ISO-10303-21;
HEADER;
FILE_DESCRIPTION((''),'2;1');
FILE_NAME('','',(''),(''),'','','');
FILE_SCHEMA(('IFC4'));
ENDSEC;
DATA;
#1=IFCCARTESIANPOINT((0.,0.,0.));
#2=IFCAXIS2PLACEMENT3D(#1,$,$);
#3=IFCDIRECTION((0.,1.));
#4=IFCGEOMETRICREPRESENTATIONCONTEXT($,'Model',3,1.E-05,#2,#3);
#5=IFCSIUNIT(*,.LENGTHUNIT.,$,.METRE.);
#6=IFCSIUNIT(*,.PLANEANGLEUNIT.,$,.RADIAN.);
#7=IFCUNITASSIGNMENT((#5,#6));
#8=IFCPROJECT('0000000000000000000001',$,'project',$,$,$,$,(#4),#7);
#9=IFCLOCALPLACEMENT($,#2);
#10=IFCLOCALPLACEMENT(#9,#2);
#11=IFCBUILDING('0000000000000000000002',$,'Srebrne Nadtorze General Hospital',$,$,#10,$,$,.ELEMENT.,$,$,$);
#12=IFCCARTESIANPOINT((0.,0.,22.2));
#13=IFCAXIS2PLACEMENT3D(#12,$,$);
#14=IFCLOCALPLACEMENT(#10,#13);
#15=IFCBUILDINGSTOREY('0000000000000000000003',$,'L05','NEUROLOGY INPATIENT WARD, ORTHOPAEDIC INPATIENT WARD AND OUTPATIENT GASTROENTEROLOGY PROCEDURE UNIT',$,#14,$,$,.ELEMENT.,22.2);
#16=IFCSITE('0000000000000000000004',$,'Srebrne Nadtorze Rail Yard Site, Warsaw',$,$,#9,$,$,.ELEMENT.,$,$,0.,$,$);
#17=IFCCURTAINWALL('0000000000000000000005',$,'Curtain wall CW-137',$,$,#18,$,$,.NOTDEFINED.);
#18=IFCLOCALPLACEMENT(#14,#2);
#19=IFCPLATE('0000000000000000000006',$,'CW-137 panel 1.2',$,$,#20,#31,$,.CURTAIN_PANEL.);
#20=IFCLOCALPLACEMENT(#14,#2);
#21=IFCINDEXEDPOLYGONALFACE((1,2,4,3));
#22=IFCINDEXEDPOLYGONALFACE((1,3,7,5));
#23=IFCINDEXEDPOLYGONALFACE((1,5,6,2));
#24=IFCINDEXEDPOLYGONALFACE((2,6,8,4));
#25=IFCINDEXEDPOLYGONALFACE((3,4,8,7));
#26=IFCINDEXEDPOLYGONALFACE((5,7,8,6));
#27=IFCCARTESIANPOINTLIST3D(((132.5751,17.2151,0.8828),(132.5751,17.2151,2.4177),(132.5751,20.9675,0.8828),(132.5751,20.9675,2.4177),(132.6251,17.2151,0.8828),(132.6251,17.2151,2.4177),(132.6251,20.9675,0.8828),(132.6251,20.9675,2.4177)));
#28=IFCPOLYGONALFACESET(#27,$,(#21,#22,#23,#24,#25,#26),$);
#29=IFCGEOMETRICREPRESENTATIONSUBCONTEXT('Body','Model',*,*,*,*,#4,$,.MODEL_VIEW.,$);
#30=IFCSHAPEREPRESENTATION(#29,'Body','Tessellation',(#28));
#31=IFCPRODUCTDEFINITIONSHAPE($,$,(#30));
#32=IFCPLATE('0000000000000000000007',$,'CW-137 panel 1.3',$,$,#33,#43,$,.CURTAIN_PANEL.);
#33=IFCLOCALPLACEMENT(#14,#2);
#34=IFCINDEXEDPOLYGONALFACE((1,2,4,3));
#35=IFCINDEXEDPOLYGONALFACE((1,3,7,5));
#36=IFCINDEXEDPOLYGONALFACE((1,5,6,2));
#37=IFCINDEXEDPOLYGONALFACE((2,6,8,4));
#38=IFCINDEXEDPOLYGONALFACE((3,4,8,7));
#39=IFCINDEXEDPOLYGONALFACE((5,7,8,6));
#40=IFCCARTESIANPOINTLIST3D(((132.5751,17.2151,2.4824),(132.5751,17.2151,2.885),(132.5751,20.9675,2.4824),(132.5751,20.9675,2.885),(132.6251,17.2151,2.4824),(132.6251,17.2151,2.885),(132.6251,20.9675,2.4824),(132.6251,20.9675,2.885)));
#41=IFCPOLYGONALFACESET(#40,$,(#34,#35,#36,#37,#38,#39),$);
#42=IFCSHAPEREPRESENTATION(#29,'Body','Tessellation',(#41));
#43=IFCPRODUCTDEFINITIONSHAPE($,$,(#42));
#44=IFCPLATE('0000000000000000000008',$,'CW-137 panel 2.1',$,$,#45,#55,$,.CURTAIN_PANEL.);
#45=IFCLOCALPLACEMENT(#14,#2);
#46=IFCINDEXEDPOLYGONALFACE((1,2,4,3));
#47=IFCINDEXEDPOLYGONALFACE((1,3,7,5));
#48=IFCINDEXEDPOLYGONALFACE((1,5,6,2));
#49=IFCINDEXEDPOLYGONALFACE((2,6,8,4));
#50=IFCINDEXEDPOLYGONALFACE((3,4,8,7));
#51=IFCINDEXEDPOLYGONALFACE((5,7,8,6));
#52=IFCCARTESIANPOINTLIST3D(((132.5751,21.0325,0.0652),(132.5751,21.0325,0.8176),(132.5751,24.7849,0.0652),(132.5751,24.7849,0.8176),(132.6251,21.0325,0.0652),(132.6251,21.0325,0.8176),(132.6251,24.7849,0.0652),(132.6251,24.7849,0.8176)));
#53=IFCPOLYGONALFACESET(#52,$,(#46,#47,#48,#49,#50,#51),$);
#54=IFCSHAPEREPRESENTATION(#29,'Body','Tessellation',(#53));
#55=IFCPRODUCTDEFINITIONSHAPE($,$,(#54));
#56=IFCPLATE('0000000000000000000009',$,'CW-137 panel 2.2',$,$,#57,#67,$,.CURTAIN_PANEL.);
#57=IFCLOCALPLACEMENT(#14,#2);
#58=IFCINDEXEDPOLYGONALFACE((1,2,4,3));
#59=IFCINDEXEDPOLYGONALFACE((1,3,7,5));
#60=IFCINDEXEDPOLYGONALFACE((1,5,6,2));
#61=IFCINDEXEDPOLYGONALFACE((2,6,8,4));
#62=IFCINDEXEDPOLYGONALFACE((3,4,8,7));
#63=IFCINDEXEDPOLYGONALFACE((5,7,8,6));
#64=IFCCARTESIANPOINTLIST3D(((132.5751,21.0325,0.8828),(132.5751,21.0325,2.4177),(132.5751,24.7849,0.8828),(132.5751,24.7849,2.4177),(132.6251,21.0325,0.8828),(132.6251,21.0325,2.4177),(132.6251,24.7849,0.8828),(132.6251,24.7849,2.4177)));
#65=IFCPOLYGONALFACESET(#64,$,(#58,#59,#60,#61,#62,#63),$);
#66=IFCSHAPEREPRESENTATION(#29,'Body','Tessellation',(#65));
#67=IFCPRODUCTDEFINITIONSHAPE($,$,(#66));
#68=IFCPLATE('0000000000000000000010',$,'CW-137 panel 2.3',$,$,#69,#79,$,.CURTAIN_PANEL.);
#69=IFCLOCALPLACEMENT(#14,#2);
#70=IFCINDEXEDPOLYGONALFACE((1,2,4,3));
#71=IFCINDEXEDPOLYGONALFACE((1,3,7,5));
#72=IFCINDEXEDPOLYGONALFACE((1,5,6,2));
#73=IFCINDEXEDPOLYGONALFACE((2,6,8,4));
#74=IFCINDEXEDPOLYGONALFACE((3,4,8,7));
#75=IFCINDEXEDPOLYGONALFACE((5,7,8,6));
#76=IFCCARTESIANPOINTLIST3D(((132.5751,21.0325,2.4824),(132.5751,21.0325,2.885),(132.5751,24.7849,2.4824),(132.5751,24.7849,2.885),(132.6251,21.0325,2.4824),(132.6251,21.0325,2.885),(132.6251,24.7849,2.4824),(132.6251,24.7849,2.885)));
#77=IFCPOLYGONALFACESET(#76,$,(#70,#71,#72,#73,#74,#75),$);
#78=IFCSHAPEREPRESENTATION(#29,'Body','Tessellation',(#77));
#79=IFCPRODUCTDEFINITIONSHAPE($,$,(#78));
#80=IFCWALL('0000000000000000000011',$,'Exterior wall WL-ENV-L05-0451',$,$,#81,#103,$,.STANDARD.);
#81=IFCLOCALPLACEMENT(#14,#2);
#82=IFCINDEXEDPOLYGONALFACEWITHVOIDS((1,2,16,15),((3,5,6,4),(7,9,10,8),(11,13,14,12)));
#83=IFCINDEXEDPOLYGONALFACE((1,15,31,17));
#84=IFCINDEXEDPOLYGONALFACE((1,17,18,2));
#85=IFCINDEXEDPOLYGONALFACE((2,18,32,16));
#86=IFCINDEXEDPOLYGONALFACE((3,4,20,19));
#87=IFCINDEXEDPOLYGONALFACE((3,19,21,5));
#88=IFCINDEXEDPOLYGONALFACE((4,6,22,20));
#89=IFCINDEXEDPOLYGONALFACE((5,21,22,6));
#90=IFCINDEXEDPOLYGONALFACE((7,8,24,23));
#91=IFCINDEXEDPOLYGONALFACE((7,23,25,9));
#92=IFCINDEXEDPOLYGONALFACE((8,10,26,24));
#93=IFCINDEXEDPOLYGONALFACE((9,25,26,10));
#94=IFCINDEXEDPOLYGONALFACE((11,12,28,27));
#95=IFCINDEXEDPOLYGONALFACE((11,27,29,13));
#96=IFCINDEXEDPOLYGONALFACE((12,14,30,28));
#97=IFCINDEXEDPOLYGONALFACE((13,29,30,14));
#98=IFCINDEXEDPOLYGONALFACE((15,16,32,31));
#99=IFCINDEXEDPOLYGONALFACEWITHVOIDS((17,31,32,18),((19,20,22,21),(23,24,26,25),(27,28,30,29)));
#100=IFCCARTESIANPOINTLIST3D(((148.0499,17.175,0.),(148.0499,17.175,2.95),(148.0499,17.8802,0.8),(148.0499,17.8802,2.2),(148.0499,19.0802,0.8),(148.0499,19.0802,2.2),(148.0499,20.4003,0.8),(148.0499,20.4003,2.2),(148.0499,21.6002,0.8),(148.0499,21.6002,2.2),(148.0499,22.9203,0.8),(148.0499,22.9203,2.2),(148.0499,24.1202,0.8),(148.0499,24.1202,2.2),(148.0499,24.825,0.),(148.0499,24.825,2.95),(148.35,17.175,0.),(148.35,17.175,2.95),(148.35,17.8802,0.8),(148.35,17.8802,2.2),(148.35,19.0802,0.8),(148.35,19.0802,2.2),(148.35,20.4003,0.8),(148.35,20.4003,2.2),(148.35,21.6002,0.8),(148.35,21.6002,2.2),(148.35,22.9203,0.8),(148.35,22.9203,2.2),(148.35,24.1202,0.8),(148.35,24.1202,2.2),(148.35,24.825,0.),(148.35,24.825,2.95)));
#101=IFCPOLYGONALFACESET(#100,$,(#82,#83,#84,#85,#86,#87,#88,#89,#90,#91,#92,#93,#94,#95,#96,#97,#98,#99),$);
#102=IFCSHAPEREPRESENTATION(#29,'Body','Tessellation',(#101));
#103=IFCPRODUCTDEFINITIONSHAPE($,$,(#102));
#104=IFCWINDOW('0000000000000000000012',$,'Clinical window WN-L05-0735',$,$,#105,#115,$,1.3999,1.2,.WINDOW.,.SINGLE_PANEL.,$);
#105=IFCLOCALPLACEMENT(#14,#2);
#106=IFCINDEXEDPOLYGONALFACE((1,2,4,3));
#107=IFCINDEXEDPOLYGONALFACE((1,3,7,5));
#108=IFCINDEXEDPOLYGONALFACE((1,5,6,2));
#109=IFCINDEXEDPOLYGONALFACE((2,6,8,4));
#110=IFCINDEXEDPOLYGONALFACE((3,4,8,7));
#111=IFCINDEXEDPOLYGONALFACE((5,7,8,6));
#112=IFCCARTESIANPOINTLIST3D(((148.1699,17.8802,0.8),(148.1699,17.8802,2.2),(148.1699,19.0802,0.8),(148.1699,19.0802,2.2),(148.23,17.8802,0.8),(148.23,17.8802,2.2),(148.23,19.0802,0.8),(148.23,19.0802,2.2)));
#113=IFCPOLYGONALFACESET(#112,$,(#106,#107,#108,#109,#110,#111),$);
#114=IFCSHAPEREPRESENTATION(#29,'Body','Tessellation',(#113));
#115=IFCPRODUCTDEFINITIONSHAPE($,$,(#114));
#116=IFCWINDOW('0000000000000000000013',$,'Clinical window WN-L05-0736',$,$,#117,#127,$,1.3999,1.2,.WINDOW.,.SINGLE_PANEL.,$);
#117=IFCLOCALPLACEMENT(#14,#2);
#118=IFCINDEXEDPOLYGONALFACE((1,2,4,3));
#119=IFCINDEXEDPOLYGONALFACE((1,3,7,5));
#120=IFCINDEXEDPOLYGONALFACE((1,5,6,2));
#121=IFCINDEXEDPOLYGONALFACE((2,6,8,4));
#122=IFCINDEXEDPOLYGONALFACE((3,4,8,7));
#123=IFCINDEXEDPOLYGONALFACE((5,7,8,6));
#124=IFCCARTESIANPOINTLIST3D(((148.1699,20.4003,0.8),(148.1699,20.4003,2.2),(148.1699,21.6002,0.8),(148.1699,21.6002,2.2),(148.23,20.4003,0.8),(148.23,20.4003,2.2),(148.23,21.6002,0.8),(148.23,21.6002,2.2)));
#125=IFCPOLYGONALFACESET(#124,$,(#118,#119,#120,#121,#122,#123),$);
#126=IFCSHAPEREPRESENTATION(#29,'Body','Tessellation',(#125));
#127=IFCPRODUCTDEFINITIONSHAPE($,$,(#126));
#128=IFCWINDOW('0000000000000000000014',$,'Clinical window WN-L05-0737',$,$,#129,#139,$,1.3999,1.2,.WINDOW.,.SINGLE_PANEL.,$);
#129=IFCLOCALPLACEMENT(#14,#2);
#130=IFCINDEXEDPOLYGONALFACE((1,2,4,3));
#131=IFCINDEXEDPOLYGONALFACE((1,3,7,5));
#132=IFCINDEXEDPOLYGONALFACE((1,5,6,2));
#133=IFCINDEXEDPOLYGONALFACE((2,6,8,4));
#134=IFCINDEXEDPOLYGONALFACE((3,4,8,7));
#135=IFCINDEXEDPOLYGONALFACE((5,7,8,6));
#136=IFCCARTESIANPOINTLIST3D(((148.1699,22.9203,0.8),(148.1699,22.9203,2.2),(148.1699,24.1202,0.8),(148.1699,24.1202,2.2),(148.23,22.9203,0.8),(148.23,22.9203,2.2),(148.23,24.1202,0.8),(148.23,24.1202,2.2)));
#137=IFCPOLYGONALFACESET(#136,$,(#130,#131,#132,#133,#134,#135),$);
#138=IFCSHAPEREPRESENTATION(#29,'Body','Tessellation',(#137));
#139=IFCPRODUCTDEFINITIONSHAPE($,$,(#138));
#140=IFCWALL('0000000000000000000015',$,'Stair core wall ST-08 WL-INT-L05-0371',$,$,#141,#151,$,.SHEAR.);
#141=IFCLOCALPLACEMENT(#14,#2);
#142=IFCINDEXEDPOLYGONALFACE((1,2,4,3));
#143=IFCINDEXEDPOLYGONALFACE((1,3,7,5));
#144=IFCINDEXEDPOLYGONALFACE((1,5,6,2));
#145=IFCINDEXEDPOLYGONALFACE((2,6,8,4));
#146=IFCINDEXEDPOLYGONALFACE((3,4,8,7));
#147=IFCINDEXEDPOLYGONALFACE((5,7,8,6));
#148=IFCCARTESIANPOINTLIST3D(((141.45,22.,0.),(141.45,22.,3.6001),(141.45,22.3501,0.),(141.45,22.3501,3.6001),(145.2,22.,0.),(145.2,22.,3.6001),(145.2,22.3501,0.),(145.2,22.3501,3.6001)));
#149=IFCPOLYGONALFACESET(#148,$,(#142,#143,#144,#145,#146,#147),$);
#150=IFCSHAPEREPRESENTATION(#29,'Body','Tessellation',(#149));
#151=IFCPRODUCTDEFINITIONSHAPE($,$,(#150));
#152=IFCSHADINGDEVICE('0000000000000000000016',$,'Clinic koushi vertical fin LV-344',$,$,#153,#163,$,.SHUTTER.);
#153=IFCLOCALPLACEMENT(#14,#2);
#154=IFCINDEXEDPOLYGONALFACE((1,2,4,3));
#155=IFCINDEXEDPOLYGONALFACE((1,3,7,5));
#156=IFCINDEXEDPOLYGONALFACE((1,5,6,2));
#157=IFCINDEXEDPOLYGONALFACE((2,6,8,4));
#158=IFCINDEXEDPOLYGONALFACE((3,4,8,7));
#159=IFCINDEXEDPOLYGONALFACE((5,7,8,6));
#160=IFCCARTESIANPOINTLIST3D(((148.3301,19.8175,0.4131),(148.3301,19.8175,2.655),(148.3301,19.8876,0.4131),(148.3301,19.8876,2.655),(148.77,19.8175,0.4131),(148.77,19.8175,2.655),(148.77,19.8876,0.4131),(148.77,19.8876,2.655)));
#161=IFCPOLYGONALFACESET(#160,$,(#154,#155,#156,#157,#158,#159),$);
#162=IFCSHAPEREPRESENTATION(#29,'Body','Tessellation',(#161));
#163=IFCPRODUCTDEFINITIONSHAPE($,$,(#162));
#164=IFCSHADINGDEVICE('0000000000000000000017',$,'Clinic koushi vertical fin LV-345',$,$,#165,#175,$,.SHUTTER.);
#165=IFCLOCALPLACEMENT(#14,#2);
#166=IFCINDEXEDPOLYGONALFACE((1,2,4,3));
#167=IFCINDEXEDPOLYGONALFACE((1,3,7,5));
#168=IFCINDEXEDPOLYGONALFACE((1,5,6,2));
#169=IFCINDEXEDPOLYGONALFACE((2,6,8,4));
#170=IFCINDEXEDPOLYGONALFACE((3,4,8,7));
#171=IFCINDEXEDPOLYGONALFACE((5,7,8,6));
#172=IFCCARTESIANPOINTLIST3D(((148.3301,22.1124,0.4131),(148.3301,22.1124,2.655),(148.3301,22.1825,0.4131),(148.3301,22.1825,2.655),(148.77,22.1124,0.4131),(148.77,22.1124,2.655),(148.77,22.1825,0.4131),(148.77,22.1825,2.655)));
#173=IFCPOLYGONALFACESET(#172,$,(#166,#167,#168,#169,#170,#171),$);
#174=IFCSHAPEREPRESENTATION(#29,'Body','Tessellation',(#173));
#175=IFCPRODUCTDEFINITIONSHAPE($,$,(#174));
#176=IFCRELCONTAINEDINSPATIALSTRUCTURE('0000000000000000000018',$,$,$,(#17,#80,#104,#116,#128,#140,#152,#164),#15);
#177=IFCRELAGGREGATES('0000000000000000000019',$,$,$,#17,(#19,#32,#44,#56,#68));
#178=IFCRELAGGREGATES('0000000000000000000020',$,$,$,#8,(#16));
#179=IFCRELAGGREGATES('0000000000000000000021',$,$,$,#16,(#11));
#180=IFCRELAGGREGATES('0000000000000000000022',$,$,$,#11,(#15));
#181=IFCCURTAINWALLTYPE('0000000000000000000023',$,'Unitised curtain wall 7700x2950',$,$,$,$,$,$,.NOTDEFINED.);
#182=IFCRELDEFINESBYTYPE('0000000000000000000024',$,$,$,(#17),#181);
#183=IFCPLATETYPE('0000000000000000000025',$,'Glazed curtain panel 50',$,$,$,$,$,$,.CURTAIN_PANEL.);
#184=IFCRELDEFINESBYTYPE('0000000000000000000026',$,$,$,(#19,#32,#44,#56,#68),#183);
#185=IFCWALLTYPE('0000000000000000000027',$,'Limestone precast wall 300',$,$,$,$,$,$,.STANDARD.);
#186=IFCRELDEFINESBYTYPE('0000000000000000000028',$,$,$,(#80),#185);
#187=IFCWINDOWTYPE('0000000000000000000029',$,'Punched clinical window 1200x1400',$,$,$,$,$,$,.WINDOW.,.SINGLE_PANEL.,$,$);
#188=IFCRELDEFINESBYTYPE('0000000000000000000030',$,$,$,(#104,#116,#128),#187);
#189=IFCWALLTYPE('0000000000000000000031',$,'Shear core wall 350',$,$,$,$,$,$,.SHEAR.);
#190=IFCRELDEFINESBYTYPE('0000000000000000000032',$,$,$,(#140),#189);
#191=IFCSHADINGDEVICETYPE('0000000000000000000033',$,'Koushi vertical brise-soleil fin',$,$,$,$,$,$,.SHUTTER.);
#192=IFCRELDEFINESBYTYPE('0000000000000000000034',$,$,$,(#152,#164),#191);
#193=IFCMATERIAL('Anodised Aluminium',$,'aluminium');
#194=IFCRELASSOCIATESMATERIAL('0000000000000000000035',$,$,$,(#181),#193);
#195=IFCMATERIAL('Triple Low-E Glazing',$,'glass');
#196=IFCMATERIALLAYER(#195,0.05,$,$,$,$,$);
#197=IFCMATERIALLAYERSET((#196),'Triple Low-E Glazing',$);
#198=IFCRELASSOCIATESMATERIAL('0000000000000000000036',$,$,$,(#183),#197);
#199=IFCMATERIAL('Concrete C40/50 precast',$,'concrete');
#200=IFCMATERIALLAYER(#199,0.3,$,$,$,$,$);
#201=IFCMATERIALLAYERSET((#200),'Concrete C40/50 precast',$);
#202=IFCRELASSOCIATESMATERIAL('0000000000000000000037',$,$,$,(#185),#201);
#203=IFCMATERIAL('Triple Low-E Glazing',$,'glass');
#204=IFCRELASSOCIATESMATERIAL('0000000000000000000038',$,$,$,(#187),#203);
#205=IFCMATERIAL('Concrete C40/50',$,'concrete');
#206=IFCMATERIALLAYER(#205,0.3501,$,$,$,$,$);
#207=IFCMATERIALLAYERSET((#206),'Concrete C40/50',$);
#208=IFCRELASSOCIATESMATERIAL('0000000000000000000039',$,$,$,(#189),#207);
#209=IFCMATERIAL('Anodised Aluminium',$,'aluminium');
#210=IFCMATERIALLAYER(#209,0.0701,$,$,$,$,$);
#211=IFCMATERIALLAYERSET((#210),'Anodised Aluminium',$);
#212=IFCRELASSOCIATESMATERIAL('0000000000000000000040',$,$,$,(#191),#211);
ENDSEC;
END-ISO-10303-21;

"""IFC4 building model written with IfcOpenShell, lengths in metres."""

from ifc_helpers import new_model, si_unit, direction, frame, frame_2d, origin, origin_2d, place, context, subcontext, project, spatial, rectangle, extrude, material, layer, layer_set, type_object, element, fill, aggregate, save


model = new_model("IFC4")

# Units and contexts
model_context = context("Model", 3, precision=1e-05, world=origin(), true_north=direction((0.0, 1.0)))
body_context = subcontext(model_context, "Body", "Model", "MODEL_VIEW")
ifc_project = project(units=[si_unit("LENGTHUNIT", "METRE"), si_unit("PLANEANGLEUNIT", "RADIAN")], contexts=[model_context])

# Site, building, storey
site_placement = place(None, origin())
site = spatial("IfcSite", under=ifc_project, at=site_placement, Name="Srebrne Nadtorze Rail Yard Site, Warsaw", CompositionType="ELEMENT", RefElevation=0.0)
building_placement = place(site_placement, origin())
building = spatial("IfcBuilding", under=site, at=building_placement, Name="Srebrne Nadtorze General Hospital", CompositionType="ELEMENT")
storey_placement = place(building_placement, frame((0.0, 0.0, 22.2)))
storey = spatial("IfcBuildingStorey", under=building, at=storey_placement, Name="L05", Description="NEUROLOGY INPATIENT WARD, ORTHOPAEDIC INPATIENT WARD AND OUTPATIENT GASTROENTEROLOGY PROCEDURE UNIT", CompositionType="ELEMENT", Elevation=22.2)

# Curtain wall
ifc_material_1 = material(Name="Anodised Aluminium", Category="aluminium")
curtain_wall_type = type_object("IfcCurtainWallType", Name="Unitised curtain wall 7700x2950", PredefinedType="NOTDEFINED", material=ifc_material_1)
curtain_wall_placement = place(storey_placement, origin())
curtain_wall = element("IfcCurtainWall", 1, at=curtain_wall_placement, inside=storey, type_object=curtain_wall_type, Name="Curtain wall CW-137", PredefinedType="NOTDEFINED")

# Plates
ifc_material_2 = material(Name="Triple Low-E Glazing", Category="glass")
ifc_layer_1 = layer(ifc_material_2, 0.05)
ifc_layer_set_1 = layer_set([ifc_layer_1], Name="Triple Low-E Glazing")
plate_type = type_object("IfcPlateType", Name="Glazed curtain panel 50", PredefinedType="CURTAIN_PANEL", material=ifc_layer_set_1)
plate_1_placement = place(storey_placement, frame((132.6001, 19.0913, 0.8828), z_axis=(0.0, 0.0, 1.0), x_axis=(0.0, 1.0, 0.0)))
plate_1 = element("IfcPlate", 2, at=plate_1_placement, type_object=plate_type, Name="CW-137 panel 1.2", PredefinedType="CURTAIN_PANEL", context=body_context, shape_type="SweptSolid", body=[
    extrude(rectangle(XDim=3.7524, YDim=0.05, at=origin_2d()), origin(), (0.0, 0.0, 1.0), 1.5349),
])
plate_2_placement = place(storey_placement, frame((132.6001, 19.0913, 2.4824), z_axis=(0.0, 0.0, 1.0), x_axis=(0.0, 1.0, 0.0)))
plate_2 = element("IfcPlate", 3, at=plate_2_placement, type_object=plate_type, Name="CW-137 panel 1.3", PredefinedType="CURTAIN_PANEL", context=body_context, shape_type="SweptSolid", body=[
    extrude(rectangle(XDim=3.7524, YDim=0.05, at=origin_2d()), origin(), (0.0, 0.0, 1.0), 0.4026),
])
plate_3_placement = place(storey_placement, frame((132.6001, 22.9087, 0.0652), z_axis=(0.0, 0.0, 1.0), x_axis=(0.0, 1.0, 0.0)))
plate_3 = element("IfcPlate", 4, at=plate_3_placement, type_object=plate_type, Name="CW-137 panel 2.1", PredefinedType="CURTAIN_PANEL", context=body_context, shape_type="SweptSolid", body=[
    extrude(rectangle(XDim=3.7524, YDim=0.05, at=origin_2d()), origin(), (0.0, 0.0, 1.0), 0.7524),
])
plate_4_placement = place(storey_placement, frame((132.6001, 22.9087, 0.8828), z_axis=(0.0, 0.0, 1.0), x_axis=(0.0, 1.0, 0.0)))
plate_4 = element("IfcPlate", 5, at=plate_4_placement, type_object=plate_type, Name="CW-137 panel 2.2", PredefinedType="CURTAIN_PANEL", context=body_context, shape_type="SweptSolid", body=[
    extrude(rectangle(XDim=3.7524, YDim=0.05, at=origin_2d()), origin(), (0.0, 0.0, 1.0), 1.5349),
])
plate_5_placement = place(storey_placement, frame((132.6001, 22.9087, 2.4824), z_axis=(0.0, 0.0, 1.0), x_axis=(0.0, 1.0, 0.0)))
plate_5 = element("IfcPlate", 6, at=plate_5_placement, type_object=plate_type, Name="CW-137 panel 2.3", PredefinedType="CURTAIN_PANEL", context=body_context, shape_type="SweptSolid", body=[
    extrude(rectangle(XDim=3.7524, YDim=0.05, at=origin_2d()), origin(), (0.0, 0.0, 1.0), 0.4026),
])
aggregate(curtain_wall, [plate_1, plate_2, plate_3, plate_4, plate_5])

# Wall, openings, windows
ifc_material_3 = material(Name="Concrete C40/50 precast", Category="concrete")
ifc_layer_2 = layer(ifc_material_3, 0.3)
ifc_layer_set_2 = layer_set([ifc_layer_2], Name="Concrete C40/50 precast")
wall_type_1 = type_object("IfcWallType", Name="Limestone precast wall 300", PredefinedType="STANDARD", material=ifc_layer_set_2)
wall_1_placement = place(storey_placement, frame((148.2, 17.175, 0.0), z_axis=(0.0, 0.0, 1.0), x_axis=(0.0, 1.0, 0.0)))
wall_1 = element("IfcWall", 7, at=wall_1_placement, inside=storey, type_object=wall_type_1, Name="Exterior wall WL-ENV-L05-0451", PredefinedType="STANDARD", context=body_context, shape_type="SweptSolid", body=[
    extrude(rectangle(XDim=7.6499, YDim=0.3, at=frame_2d((3.825, 0.0))), origin(), (0.0, 0.0, 1.0), 2.95),
])
opening_1_placement = place(wall_1_placement, frame((0.7051, 0.0, 0.8)))
opening_1 = element("IfcOpeningElement", 8, at=opening_1_placement, cuts=wall_1, PredefinedType="OPENING", context=body_context, shape_type="SweptSolid", body=[
    extrude(rectangle(XDim=1.2, YDim=1.3999, at=frame_2d((0.6001, 0.7))), frame((0.0, 0.1621, 0.0), z_axis=(0.0, -1.0, 0.0), x_axis=(1.0, 0.0, 0.0)), (0.0, 0.0, 1.0), 0.324),
])
opening_2_placement = place(wall_1_placement, frame((3.2251, 0.0, 0.8)))
opening_2 = element("IfcOpeningElement", 9, at=opening_2_placement, cuts=wall_1, PredefinedType="OPENING", context=body_context, shape_type="SweptSolid", body=[
    extrude(rectangle(XDim=1.2, YDim=1.3999, at=frame_2d((0.6001, 0.7))), frame((0.0, 0.1621, 0.0), z_axis=(0.0, -1.0, 0.0), x_axis=(1.0, 0.0, 0.0)), (0.0, 0.0, 1.0), 0.324),
])
opening_3_placement = place(wall_1_placement, frame((5.7451, 0.0, 0.8)))
opening_3 = element("IfcOpeningElement", 10, at=opening_3_placement, cuts=wall_1, PredefinedType="OPENING", context=body_context, shape_type="SweptSolid", body=[
    extrude(rectangle(XDim=1.2, YDim=1.3999, at=frame_2d((0.6001, 0.7))), frame((0.0, 0.1621, 0.0), z_axis=(0.0, -1.0, 0.0), x_axis=(1.0, 0.0, 0.0)), (0.0, 0.0, 1.0), 0.324),
])
ifc_material_4 = material(Name="Triple Low-E Glazing", Category="glass")
window_type = type_object("IfcWindowType", Name="Punched clinical window 1200x1400", PartitioningType="SINGLE_PANEL", PredefinedType="WINDOW", material=ifc_material_4)
window_1_placement = place(opening_1_placement, origin())
window_1 = element("IfcWindow", 11, at=window_1_placement, inside=storey, type_object=window_type, Name="Clinical window WN-L05-0735", OverallHeight=1.3999, OverallWidth=1.2, PartitioningType="SINGLE_PANEL", PredefinedType="WINDOW", context=body_context, shape_type="SweptSolid", body=[
    extrude(rectangle(XDim=1.2, YDim=1.3999, at=frame_2d((0.6001, 0.7))), frame((0.0, 0.03, 0.0), z_axis=(0.0, -1.0, 0.0), x_axis=(1.0, 0.0, 0.0)), (0.0, 0.0, 1.0), 0.0601),
])
fill(opening_1, window_1)
window_2_placement = place(opening_2_placement, origin())
window_2 = element("IfcWindow", 12, at=window_2_placement, inside=storey, type_object=window_type, Name="Clinical window WN-L05-0736", OverallHeight=1.3999, OverallWidth=1.2, PartitioningType="SINGLE_PANEL", PredefinedType="WINDOW", context=body_context, shape_type="SweptSolid", body=[
    extrude(rectangle(XDim=1.2, YDim=1.3999, at=frame_2d((0.6001, 0.7))), frame((0.0, 0.03, 0.0), z_axis=(0.0, -1.0, 0.0), x_axis=(1.0, 0.0, 0.0)), (0.0, 0.0, 1.0), 0.0601),
])
fill(opening_2, window_2)
window_3_placement = place(opening_3_placement, origin())
window_3 = element("IfcWindow", 13, at=window_3_placement, inside=storey, type_object=window_type, Name="Clinical window WN-L05-0737", OverallHeight=1.3999, OverallWidth=1.2, PartitioningType="SINGLE_PANEL", PredefinedType="WINDOW", context=body_context, shape_type="SweptSolid", body=[
    extrude(rectangle(XDim=1.2, YDim=1.3999, at=frame_2d((0.6001, 0.7))), frame((0.0, 0.03, 0.0), z_axis=(0.0, -1.0, 0.0), x_axis=(1.0, 0.0, 0.0)), (0.0, 0.0, 1.0), 0.0601),
])
fill(opening_3, window_3)

# Wall
ifc_material_5 = material(Name="Concrete C40/50", Category="concrete")
ifc_layer_3 = layer(ifc_material_5, 0.3501)
ifc_layer_set_3 = layer_set([ifc_layer_3], Name="Concrete C40/50")
wall_type_2 = type_object("IfcWallType", Name="Shear core wall 350", PredefinedType="SHEAR", material=ifc_layer_set_3)
wall_2_placement = place(storey_placement, frame((141.45, 22.175, 0.0), z_axis=(0.0, 0.0, 1.0), x_axis=(1.0, 0.0, 0.0)))
element("IfcWall", 14, at=wall_2_placement, inside=storey, type_object=wall_type_2, Name="Stair core wall ST-08 WL-INT-L05-0371", PredefinedType="SHEAR", context=body_context, shape_type="SweptSolid", body=[
    extrude(rectangle(XDim=3.75, YDim=0.3501, at=frame_2d((1.875, 0.0))), origin(), (0.0, 0.0, 1.0), 3.6001),
])

# Shading devices
ifc_material_6 = material(Name="Anodised Aluminium", Category="aluminium")
ifc_layer_4 = layer(ifc_material_6, 0.0701)
ifc_layer_set_4 = layer_set([ifc_layer_4], Name="Anodised Aluminium")
shading_device_type = type_object("IfcShadingDeviceType", Name="Koushi vertical brise-soleil fin", PredefinedType="SHUTTER", material=ifc_layer_set_4)
for number, where, z_axis, x_axis, name in (
    (15, (148.55, 19.8525, 0.4131), (0.0, 0.0, 1.0), (1.0, 0.0, 0.0), "Clinic koushi vertical fin LV-344"),
    (16, (148.55, 22.1475, 0.4131), (0.0, 0.0, 1.0), (1.0, 0.0, 0.0), "Clinic koushi vertical fin LV-345"),
):
    element("IfcShadingDevice", number, at=place(storey_placement, frame(where, z_axis=z_axis, x_axis=x_axis)), inside=storey, type_object=shading_device_type, Name=name, PredefinedType="SHUTTER", context=body_context, shape_type="SweptSolid", body=[
        extrude(rectangle(XDim=0.4399, YDim=0.0701, at=origin_2d()), origin(), (0.0, 0.0, 1.0), 2.2419),
    ])

save(model, "model.ifc")
